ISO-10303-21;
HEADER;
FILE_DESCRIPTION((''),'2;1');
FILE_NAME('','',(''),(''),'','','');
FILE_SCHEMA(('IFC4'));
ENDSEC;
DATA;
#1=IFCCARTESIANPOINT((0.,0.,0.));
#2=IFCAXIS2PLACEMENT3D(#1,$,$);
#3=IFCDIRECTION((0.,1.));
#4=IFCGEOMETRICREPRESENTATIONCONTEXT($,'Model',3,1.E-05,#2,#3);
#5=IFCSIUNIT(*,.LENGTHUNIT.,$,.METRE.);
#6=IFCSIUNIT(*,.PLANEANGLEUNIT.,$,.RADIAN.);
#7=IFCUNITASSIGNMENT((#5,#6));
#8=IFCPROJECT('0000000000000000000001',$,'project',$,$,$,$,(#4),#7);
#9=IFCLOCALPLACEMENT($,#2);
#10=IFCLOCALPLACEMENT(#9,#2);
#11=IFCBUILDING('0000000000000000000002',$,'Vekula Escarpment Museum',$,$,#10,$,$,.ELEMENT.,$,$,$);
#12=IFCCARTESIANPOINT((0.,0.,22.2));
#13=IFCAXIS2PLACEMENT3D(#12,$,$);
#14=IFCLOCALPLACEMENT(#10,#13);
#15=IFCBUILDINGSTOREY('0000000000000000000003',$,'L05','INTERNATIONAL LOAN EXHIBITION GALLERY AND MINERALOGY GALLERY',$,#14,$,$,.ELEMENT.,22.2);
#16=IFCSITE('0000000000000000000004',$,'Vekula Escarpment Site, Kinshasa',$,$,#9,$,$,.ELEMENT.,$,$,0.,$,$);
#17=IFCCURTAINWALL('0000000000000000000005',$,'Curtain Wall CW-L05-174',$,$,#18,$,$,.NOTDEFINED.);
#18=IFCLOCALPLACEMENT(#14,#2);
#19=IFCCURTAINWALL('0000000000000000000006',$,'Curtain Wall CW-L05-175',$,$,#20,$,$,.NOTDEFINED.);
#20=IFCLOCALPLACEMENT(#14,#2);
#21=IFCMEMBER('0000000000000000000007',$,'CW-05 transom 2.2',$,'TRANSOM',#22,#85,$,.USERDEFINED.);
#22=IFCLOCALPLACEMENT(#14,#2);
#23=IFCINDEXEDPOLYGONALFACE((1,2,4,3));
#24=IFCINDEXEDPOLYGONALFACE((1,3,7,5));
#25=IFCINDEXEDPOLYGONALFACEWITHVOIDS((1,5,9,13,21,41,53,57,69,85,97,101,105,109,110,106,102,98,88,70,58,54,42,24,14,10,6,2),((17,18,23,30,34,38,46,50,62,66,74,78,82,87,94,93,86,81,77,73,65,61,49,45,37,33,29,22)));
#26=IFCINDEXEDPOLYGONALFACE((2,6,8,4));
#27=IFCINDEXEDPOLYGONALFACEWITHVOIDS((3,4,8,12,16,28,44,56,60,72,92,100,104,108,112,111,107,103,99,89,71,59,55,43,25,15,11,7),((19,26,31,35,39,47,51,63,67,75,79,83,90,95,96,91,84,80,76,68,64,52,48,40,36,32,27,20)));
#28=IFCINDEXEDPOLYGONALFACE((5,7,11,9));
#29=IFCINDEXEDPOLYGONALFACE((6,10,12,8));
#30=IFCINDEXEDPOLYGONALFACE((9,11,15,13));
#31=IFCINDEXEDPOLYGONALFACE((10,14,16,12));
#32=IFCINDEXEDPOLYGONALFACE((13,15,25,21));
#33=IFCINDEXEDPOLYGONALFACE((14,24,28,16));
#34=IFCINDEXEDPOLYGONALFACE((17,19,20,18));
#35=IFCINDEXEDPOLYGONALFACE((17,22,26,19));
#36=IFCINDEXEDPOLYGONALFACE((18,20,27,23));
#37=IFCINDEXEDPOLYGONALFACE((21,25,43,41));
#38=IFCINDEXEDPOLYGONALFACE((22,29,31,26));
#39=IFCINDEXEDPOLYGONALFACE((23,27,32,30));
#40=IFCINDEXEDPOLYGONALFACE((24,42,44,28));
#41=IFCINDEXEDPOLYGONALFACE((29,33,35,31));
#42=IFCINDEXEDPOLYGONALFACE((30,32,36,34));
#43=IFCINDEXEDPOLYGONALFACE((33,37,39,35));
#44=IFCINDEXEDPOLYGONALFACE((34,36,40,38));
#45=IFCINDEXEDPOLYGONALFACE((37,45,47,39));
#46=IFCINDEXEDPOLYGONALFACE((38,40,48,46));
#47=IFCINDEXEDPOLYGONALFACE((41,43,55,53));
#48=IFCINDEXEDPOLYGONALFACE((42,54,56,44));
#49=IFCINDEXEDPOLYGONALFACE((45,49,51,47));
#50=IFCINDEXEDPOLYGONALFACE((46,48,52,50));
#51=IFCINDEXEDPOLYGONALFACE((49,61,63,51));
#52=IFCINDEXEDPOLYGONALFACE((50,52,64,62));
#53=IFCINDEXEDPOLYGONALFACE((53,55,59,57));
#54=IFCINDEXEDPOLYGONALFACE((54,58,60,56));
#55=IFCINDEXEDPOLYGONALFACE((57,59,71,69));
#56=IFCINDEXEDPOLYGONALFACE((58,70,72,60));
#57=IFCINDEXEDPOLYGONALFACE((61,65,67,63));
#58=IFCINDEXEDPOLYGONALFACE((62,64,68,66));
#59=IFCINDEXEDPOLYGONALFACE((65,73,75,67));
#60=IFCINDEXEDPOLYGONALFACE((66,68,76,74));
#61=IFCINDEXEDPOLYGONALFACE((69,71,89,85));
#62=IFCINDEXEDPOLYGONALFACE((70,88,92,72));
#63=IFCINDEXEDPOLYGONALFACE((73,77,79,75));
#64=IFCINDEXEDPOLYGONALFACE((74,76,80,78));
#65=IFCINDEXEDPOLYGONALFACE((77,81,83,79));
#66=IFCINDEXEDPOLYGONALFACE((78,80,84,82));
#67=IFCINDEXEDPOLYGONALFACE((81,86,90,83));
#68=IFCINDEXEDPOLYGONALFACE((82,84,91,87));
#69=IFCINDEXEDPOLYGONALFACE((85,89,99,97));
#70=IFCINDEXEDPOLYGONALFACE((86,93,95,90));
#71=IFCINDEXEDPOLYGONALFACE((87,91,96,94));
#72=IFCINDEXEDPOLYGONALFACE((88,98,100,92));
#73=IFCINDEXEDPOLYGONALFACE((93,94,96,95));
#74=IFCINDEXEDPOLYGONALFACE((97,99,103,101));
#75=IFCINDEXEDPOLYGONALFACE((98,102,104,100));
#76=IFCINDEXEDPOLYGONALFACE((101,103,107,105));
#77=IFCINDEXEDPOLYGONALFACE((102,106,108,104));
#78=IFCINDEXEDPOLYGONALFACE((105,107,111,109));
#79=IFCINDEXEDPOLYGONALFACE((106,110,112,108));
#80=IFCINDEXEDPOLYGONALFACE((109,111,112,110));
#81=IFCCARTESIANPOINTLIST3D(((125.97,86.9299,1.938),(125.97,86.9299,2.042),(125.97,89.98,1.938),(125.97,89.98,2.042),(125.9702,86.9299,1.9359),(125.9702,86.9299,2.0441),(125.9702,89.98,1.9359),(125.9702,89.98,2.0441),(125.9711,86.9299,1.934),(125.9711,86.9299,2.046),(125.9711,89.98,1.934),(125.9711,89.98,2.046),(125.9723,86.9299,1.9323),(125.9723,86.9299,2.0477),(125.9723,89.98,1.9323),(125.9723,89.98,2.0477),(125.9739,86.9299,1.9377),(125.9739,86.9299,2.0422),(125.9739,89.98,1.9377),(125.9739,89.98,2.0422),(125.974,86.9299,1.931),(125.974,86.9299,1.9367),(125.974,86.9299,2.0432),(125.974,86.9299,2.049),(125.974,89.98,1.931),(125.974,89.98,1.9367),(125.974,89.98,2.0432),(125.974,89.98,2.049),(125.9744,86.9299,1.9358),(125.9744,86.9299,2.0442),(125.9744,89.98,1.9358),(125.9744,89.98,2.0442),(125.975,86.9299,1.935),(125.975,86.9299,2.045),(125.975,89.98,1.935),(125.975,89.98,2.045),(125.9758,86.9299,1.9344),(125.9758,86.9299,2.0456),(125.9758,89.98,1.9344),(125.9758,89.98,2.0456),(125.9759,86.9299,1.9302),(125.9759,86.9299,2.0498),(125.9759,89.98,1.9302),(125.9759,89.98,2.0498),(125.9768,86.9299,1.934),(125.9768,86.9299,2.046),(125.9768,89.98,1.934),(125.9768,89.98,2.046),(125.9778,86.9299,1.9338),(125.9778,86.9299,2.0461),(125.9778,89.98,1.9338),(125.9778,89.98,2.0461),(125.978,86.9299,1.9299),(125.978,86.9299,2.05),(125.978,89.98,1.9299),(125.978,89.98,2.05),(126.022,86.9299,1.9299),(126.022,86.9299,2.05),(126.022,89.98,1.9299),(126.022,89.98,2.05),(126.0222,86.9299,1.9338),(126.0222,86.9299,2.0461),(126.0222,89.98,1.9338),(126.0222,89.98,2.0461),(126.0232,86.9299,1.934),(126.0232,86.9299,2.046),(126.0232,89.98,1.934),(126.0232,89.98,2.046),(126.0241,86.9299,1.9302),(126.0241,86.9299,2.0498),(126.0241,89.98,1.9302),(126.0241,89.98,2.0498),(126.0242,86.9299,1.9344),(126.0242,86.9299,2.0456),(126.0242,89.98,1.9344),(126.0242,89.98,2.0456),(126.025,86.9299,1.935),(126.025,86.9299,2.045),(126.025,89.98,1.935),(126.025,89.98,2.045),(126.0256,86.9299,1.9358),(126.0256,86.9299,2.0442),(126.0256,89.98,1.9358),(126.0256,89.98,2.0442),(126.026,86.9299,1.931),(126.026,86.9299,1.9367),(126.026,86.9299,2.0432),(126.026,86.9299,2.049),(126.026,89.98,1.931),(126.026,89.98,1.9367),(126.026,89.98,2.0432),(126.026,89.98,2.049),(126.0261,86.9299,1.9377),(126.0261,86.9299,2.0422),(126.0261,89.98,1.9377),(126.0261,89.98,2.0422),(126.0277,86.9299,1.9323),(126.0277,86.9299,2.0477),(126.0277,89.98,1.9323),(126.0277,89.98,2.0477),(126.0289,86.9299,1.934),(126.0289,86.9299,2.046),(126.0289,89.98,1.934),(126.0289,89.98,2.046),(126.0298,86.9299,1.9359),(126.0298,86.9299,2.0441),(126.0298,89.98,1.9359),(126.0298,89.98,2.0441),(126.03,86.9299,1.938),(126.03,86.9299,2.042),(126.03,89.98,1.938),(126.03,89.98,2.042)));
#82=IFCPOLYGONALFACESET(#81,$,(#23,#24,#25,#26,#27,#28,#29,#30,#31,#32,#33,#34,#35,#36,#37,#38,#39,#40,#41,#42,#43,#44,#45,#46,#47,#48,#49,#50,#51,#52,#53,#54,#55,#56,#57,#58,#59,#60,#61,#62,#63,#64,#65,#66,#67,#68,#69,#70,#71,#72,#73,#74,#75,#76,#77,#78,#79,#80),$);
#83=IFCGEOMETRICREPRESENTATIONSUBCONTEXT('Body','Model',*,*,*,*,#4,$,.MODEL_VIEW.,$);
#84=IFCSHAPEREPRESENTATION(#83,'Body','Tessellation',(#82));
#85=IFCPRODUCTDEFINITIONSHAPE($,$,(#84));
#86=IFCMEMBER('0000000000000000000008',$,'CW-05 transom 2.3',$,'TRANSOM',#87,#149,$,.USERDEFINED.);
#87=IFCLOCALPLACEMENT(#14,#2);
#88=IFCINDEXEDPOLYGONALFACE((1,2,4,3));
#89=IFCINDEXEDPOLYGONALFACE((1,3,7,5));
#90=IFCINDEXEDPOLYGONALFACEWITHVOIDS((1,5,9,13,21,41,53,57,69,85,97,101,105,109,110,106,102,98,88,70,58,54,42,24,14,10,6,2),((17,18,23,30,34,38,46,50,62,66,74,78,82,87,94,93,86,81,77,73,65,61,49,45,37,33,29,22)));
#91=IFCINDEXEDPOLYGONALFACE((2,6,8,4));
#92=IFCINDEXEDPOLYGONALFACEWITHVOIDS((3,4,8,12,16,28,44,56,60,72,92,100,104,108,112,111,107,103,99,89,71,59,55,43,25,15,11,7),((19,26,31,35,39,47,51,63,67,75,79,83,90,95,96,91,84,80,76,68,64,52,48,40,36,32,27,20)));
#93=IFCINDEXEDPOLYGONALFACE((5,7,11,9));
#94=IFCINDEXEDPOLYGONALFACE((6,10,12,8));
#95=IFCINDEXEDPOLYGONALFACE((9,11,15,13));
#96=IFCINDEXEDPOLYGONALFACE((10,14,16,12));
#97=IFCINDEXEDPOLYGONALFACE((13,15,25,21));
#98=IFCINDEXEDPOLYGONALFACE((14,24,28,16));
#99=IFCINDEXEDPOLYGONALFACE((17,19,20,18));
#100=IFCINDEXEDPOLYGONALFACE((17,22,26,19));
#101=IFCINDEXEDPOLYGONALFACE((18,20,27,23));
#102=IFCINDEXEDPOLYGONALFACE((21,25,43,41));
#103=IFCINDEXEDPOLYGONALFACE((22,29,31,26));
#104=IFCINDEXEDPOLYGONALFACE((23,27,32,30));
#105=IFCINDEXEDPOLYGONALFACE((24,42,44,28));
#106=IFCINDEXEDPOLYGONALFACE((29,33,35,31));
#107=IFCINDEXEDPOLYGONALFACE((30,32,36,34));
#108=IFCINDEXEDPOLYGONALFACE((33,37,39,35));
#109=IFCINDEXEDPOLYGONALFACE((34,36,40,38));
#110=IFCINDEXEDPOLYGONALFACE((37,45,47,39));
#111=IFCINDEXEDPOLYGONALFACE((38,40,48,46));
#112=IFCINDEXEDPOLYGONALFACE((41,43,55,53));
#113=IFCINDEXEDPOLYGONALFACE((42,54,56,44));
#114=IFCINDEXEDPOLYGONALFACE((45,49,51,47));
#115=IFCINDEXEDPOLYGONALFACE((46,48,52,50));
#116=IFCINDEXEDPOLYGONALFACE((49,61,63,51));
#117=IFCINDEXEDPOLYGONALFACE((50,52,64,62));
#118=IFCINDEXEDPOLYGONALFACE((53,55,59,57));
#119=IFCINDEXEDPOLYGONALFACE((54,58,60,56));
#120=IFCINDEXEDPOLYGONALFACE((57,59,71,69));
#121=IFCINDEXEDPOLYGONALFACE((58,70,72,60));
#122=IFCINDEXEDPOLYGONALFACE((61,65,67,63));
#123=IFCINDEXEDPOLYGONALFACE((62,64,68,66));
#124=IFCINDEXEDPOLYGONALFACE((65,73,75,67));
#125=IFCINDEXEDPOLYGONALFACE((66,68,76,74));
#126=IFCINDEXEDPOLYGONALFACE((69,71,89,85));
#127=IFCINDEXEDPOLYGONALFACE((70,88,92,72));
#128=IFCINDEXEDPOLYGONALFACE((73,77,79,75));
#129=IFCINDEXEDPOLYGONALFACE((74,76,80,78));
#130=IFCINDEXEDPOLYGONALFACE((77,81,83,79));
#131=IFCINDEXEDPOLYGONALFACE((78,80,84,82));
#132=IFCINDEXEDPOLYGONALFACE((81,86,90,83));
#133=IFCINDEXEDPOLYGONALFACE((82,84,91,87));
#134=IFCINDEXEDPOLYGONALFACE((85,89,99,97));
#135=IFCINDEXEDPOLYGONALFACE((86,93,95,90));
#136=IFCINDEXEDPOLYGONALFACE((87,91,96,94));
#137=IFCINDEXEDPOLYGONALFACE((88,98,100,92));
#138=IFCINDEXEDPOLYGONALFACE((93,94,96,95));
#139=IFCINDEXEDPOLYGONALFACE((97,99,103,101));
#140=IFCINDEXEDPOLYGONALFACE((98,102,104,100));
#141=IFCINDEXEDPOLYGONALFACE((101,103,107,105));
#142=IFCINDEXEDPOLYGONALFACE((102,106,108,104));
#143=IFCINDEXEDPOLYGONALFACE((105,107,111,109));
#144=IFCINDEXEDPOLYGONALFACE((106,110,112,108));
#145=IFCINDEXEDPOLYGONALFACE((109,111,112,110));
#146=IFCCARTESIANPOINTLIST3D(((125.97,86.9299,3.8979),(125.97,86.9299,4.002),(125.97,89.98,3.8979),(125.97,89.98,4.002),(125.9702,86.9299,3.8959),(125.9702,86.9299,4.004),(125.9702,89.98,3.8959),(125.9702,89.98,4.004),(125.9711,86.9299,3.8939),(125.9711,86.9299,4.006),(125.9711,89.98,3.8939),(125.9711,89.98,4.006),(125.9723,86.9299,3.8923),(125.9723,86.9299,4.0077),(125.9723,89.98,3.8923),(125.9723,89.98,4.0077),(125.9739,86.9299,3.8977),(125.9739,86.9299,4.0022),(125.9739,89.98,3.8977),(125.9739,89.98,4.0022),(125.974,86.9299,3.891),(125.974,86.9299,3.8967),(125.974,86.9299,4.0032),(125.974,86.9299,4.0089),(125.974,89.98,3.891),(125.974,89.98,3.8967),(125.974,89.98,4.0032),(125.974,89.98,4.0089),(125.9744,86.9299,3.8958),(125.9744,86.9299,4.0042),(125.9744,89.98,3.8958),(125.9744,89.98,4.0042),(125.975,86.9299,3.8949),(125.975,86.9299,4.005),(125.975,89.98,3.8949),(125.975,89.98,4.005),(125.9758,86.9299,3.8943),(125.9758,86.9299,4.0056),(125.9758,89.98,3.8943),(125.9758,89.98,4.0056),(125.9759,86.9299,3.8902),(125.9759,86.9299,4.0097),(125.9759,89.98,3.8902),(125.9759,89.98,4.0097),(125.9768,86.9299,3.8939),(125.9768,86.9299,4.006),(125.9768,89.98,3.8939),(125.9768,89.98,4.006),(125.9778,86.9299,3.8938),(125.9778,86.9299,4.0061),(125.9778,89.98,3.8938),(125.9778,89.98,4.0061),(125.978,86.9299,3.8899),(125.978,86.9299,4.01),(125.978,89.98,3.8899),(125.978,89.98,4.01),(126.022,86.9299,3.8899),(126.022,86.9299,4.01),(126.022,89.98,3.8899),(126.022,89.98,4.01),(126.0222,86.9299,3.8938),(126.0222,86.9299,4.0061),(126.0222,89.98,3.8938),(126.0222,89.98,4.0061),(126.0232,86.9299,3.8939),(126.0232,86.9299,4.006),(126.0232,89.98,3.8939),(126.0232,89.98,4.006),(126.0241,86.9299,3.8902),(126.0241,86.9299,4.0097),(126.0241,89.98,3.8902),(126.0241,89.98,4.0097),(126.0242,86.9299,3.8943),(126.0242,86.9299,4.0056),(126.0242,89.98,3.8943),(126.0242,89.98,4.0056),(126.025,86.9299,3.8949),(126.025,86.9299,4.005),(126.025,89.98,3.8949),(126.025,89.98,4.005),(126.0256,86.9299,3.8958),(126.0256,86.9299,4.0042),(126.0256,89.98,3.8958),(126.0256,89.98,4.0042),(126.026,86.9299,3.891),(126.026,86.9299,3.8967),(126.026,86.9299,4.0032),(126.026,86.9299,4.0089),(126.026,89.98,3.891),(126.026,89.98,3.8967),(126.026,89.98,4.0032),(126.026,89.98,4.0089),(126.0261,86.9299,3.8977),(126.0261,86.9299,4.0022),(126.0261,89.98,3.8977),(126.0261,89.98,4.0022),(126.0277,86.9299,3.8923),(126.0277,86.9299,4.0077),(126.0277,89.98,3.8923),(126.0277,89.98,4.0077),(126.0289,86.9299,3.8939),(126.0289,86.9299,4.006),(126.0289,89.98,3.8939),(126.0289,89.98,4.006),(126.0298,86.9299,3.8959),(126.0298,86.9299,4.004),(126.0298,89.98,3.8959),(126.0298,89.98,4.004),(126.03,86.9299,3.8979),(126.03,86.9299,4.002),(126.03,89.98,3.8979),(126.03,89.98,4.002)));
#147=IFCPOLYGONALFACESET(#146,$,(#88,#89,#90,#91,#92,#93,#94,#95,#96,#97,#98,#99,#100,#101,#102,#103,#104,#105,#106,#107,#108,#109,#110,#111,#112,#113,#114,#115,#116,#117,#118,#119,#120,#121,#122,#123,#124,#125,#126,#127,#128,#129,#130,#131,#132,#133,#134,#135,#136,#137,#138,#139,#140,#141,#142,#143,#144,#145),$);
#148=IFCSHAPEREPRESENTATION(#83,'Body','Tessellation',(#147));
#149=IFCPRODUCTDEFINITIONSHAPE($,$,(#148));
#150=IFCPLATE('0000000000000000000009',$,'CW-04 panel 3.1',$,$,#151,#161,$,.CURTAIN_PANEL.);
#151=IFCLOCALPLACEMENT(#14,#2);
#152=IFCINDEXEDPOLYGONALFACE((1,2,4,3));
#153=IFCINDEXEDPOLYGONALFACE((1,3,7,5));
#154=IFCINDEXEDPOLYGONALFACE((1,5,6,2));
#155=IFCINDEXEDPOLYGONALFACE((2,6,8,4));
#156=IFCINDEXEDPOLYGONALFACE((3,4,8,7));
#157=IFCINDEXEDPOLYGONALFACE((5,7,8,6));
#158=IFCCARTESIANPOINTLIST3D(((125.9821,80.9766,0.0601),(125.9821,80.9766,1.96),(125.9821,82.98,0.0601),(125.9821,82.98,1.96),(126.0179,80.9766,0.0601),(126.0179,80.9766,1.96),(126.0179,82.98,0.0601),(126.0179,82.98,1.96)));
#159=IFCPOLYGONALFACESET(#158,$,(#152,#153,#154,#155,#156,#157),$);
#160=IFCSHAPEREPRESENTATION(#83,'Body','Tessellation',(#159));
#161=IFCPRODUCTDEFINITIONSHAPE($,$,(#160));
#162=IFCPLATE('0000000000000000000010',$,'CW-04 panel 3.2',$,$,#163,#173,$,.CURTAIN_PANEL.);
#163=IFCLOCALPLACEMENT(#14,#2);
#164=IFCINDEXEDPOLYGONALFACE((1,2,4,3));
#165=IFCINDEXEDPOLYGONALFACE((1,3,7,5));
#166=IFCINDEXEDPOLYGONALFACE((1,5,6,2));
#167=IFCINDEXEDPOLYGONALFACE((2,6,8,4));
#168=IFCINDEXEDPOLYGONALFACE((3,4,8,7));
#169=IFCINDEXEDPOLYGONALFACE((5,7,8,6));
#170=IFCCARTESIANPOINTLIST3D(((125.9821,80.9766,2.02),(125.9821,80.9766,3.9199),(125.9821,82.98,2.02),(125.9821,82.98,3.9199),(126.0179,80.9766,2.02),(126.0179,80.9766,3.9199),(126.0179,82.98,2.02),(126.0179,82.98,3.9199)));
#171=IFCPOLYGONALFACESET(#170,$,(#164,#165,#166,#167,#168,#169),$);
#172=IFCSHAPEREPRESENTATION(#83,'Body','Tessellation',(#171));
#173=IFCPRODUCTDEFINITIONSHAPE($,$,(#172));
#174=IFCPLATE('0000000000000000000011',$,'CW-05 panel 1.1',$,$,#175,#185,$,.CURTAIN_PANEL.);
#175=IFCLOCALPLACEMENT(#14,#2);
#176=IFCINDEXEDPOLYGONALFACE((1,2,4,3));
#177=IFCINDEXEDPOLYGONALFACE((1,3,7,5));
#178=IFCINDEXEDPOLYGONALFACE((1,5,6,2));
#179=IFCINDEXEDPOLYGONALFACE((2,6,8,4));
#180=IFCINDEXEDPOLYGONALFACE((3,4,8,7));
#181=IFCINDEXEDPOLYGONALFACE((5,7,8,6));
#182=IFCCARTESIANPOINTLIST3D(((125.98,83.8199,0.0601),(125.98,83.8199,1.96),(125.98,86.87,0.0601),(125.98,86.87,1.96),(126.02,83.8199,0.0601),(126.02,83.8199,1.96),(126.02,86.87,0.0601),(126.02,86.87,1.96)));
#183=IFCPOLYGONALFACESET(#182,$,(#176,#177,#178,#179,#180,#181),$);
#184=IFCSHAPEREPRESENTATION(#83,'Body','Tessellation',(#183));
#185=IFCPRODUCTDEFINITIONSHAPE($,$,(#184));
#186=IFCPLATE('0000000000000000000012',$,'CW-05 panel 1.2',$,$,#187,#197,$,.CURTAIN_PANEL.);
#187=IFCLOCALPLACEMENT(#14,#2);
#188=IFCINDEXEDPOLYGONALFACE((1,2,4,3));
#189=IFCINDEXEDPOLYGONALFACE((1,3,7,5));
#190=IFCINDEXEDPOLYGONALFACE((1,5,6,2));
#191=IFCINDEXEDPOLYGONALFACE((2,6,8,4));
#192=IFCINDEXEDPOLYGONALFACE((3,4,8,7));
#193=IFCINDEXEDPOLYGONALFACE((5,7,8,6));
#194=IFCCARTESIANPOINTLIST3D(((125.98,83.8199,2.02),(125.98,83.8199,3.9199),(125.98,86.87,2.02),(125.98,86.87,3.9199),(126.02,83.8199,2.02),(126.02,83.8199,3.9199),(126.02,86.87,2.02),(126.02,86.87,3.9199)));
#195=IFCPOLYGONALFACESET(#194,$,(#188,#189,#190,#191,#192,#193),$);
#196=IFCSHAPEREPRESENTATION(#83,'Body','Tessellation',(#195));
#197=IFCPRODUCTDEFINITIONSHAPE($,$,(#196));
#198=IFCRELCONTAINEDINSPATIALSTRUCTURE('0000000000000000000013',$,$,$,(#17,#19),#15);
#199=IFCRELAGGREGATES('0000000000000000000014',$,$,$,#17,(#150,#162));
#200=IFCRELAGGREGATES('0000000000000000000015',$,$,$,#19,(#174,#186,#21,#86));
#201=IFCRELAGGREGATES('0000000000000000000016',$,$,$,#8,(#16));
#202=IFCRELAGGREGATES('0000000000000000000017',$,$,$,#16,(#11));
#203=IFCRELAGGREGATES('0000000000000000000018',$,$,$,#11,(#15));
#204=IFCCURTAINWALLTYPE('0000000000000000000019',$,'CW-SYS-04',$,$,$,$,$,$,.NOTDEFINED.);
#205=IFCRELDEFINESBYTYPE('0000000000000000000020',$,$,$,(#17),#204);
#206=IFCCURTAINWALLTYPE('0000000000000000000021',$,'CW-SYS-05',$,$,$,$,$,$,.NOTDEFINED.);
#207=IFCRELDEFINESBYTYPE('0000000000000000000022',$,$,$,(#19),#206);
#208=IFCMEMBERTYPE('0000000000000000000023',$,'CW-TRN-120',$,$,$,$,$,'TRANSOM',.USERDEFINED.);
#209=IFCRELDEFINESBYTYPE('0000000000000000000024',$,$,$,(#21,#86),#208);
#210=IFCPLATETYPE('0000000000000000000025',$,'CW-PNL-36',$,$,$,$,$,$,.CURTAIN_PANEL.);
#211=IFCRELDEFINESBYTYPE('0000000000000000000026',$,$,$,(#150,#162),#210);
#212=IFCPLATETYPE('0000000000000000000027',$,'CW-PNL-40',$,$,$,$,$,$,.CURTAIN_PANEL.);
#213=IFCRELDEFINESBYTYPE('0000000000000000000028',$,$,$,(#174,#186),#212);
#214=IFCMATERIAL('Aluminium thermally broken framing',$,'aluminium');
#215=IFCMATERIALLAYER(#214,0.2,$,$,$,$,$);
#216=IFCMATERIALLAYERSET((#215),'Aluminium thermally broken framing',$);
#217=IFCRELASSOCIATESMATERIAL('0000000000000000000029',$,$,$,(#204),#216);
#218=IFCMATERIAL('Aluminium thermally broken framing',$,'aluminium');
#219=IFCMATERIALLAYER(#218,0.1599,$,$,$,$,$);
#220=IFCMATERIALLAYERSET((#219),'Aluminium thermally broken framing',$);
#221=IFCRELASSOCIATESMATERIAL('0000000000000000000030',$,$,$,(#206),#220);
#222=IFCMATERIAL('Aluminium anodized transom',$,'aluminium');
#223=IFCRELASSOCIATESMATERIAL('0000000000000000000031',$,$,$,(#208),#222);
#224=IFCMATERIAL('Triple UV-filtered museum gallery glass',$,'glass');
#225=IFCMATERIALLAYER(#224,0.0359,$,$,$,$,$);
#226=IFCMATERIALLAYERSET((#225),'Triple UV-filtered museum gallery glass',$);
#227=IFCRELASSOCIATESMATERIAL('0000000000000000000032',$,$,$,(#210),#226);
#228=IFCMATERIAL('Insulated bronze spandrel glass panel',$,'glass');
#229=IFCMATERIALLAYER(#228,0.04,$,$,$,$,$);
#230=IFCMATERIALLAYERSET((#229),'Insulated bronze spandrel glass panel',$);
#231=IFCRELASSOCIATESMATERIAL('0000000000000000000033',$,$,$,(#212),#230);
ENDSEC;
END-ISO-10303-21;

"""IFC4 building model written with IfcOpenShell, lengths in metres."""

from ifc_helpers import new_model, si_unit, direction, frame, origin, origin_2d, place, context, subcontext, project, spatial, rectangle, hollow_rectangle, extrude, material, layer, layer_set, material_profile, profile_set, type_object, element, aggregate, save


model = new_model("IFC4")

# Units and contexts
model_context = context("Model", 3, precision=1e-05, world=origin(), true_north=direction((0.0, 1.0)))
body_context = subcontext(model_context, "Body", "Model", "MODEL_VIEW")
ifc_project = project(units=[si_unit("LENGTHUNIT", "METRE"), si_unit("PLANEANGLEUNIT", "RADIAN")], contexts=[model_context])

# Site, building, storey
site_placement = place(None, origin())
site = spatial("IfcSite", under=ifc_project, at=site_placement, Name="Vekula Escarpment Site, Kinshasa", CompositionType="ELEMENT", RefElevation=0.0)
building_placement = place(site_placement, origin())
building = spatial("IfcBuilding", under=site, at=building_placement, Name="Vekula Escarpment Museum", CompositionType="ELEMENT")
storey_placement = place(building_placement, frame((0.0, 0.0, 22.2)))
storey = spatial("IfcBuildingStorey", under=building, at=storey_placement, Name="L05", Description="INTERNATIONAL LOAN EXHIBITION GALLERY AND MINERALOGY GALLERY", CompositionType="ELEMENT", Elevation=22.2)

# Curtain wall
ifc_material_1 = material(Name="Aluminium thermally broken framing", Category="aluminium")
ifc_layer_1 = layer(ifc_material_1, 0.2)
ifc_layer_set_1 = layer_set([ifc_layer_1], Name="Aluminium thermally broken framing")
curtain_wall_type_1 = type_object("IfcCurtainWallType", Name="CW-SYS-04", PredefinedType="NOTDEFINED", material=ifc_layer_set_1)
curtain_wall_1_placement = place(storey_placement, origin())
curtain_wall_1 = element("IfcCurtainWall", 1, at=curtain_wall_1_placement, inside=storey, type_object=curtain_wall_type_1, Name="Curtain Wall CW-L05-174", PredefinedType="NOTDEFINED")

# Curtain wall, members
ifc_material_2 = material(Name="Aluminium thermally broken framing", Category="aluminium")
ifc_layer_2 = layer(ifc_material_2, 0.1599)
ifc_layer_set_2 = layer_set([ifc_layer_2], Name="Aluminium thermally broken framing")
curtain_wall_type_2 = type_object("IfcCurtainWallType", Name="CW-SYS-05", PredefinedType="NOTDEFINED", material=ifc_layer_set_2)
curtain_wall_2_placement = place(storey_placement, origin())
curtain_wall_2 = element("IfcCurtainWall", 2, at=curtain_wall_2_placement, inside=storey, type_object=curtain_wall_type_2, Name="Curtain Wall CW-L05-175", PredefinedType="NOTDEFINED")
ifc_material_3 = material(Name="Aluminium anodized transom", Category="aluminium")
ifc_material_profile_1 = material_profile(ifc_material_3, hollow_rectangle(XDim=0.0601, YDim=0.1201, WallThickness=0.0039, InnerFilletRadius=0.0039, OuterFilletRadius=0.0081, at=origin_2d()), Name="ALU 120x60x4")
ifc_profile_set_1 = profile_set([ifc_material_profile_1], Name="Aluminium anodized transom")
member_type_1 = type_object("IfcMemberType", Name="CW-TRN-120", ElementType="TRANSOM", PredefinedType="USERDEFINED", material=ifc_profile_set_1)
member_1_placement = place(storey_placement, frame((126.0, 86.9299, 1.99), z_axis=(0.0, 1.0, 0.0), x_axis=(-1.0, 0.0, 0.0)))
member_1 = element("IfcMember", 3, at=member_1_placement, type_object=member_type_1, Name="CW-05 transom 2.2", ObjectType="TRANSOM", PredefinedType="USERDEFINED", context=body_context, shape_type="SweptSolid", body=[
    extrude(hollow_rectangle(XDim=0.0601, YDim=0.1201, WallThickness=0.0039, InnerFilletRadius=0.0039, OuterFilletRadius=0.0081, at=origin_2d()), origin(), (0.0, 0.0, 1.0), 3.05),
])
member_2_placement = place(storey_placement, frame((126.0, 86.9299, 3.95), z_axis=(0.0, 1.0, 0.0), x_axis=(-1.0, 0.0, 0.0)))
member_2 = element("IfcMember", 4, at=member_2_placement, type_object=member_type_1, Name="CW-05 transom 2.3", ObjectType="TRANSOM", PredefinedType="USERDEFINED", context=body_context, shape_type="SweptSolid", body=[
    extrude(hollow_rectangle(XDim=0.0601, YDim=0.1201, WallThickness=0.0039, InnerFilletRadius=0.0039, OuterFilletRadius=0.0081, at=origin_2d()), origin(), (0.0, 0.0, 1.0), 3.05),
])

# Plates
ifc_material_4 = material(Name="Triple UV-filtered museum gallery glass", Category="glass")
ifc_layer_3 = layer(ifc_material_4, 0.0359)
ifc_layer_set_3 = layer_set([ifc_layer_3], Name="Triple UV-filtered museum gallery glass")
plate_type_1 = type_object("IfcPlateType", Name="CW-PNL-36", PredefinedType="CURTAIN_PANEL", material=ifc_layer_set_3)
plate_1_placement = place(storey_placement, frame((126.0, 81.9783, 0.0601), z_axis=(0.0, 0.0, 1.0), x_axis=(0.0, 1.0, 0.0)))
plate_1 = element("IfcPlate", 5, at=plate_1_placement, type_object=plate_type_1, Name="CW-04 panel 3.1", PredefinedType="CURTAIN_PANEL", context=body_context, shape_type="SweptSolid", body=[
    extrude(rectangle(XDim=2.0034, YDim=0.0359, at=origin_2d()), origin(), (0.0, 0.0, 1.0), 1.8999),
])
plate_2_placement = place(storey_placement, frame((126.0, 81.9783, 2.02), z_axis=(0.0, 0.0, 1.0), x_axis=(0.0, 1.0, 0.0)))
plate_2 = element("IfcPlate", 6, at=plate_2_placement, type_object=plate_type_1, Name="CW-04 panel 3.2", PredefinedType="CURTAIN_PANEL", context=body_context, shape_type="SweptSolid", body=[
    extrude(rectangle(XDim=2.0034, YDim=0.0359, at=origin_2d()), origin(), (0.0, 0.0, 1.0), 1.8999),
])
aggregate(curtain_wall_1, [plate_1, plate_2])
ifc_material_5 = material(Name="Insulated bronze spandrel glass panel", Category="glass")
ifc_layer_4 = layer(ifc_material_5, 0.04)
ifc_layer_set_4 = layer_set([ifc_layer_4], Name="Insulated bronze spandrel glass panel")
plate_type_2 = type_object("IfcPlateType", Name="CW-PNL-40", PredefinedType="CURTAIN_PANEL", material=ifc_layer_set_4)
plate_3_placement = place(storey_placement, frame((126.0, 85.345, 0.0601), z_axis=(0.0, 0.0, 1.0), x_axis=(0.0, 1.0, 0.0)))
plate_3 = element("IfcPlate", 7, at=plate_3_placement, type_object=plate_type_2, Name="CW-05 panel 1.1", PredefinedType="CURTAIN_PANEL", context=body_context, shape_type="SweptSolid", body=[
    extrude(rectangle(XDim=3.05, YDim=0.04, at=origin_2d()), origin(), (0.0, 0.0, 1.0), 1.8999),
])
plate_4_placement = place(storey_placement, frame((126.0, 85.345, 2.02), z_axis=(0.0, 0.0, 1.0), x_axis=(0.0, 1.0, 0.0)))
plate_4 = element("IfcPlate", 8, at=plate_4_placement, type_object=plate_type_2, Name="CW-05 panel 1.2", PredefinedType="CURTAIN_PANEL", context=body_context, shape_type="SweptSolid", body=[
    extrude(rectangle(XDim=3.05, YDim=0.04, at=origin_2d()), origin(), (0.0, 0.0, 1.0), 1.8999),
])
aggregate(curtain_wall_2, [plate_3, plate_4, member_1, member_2])

save(model, "model.ifc")
